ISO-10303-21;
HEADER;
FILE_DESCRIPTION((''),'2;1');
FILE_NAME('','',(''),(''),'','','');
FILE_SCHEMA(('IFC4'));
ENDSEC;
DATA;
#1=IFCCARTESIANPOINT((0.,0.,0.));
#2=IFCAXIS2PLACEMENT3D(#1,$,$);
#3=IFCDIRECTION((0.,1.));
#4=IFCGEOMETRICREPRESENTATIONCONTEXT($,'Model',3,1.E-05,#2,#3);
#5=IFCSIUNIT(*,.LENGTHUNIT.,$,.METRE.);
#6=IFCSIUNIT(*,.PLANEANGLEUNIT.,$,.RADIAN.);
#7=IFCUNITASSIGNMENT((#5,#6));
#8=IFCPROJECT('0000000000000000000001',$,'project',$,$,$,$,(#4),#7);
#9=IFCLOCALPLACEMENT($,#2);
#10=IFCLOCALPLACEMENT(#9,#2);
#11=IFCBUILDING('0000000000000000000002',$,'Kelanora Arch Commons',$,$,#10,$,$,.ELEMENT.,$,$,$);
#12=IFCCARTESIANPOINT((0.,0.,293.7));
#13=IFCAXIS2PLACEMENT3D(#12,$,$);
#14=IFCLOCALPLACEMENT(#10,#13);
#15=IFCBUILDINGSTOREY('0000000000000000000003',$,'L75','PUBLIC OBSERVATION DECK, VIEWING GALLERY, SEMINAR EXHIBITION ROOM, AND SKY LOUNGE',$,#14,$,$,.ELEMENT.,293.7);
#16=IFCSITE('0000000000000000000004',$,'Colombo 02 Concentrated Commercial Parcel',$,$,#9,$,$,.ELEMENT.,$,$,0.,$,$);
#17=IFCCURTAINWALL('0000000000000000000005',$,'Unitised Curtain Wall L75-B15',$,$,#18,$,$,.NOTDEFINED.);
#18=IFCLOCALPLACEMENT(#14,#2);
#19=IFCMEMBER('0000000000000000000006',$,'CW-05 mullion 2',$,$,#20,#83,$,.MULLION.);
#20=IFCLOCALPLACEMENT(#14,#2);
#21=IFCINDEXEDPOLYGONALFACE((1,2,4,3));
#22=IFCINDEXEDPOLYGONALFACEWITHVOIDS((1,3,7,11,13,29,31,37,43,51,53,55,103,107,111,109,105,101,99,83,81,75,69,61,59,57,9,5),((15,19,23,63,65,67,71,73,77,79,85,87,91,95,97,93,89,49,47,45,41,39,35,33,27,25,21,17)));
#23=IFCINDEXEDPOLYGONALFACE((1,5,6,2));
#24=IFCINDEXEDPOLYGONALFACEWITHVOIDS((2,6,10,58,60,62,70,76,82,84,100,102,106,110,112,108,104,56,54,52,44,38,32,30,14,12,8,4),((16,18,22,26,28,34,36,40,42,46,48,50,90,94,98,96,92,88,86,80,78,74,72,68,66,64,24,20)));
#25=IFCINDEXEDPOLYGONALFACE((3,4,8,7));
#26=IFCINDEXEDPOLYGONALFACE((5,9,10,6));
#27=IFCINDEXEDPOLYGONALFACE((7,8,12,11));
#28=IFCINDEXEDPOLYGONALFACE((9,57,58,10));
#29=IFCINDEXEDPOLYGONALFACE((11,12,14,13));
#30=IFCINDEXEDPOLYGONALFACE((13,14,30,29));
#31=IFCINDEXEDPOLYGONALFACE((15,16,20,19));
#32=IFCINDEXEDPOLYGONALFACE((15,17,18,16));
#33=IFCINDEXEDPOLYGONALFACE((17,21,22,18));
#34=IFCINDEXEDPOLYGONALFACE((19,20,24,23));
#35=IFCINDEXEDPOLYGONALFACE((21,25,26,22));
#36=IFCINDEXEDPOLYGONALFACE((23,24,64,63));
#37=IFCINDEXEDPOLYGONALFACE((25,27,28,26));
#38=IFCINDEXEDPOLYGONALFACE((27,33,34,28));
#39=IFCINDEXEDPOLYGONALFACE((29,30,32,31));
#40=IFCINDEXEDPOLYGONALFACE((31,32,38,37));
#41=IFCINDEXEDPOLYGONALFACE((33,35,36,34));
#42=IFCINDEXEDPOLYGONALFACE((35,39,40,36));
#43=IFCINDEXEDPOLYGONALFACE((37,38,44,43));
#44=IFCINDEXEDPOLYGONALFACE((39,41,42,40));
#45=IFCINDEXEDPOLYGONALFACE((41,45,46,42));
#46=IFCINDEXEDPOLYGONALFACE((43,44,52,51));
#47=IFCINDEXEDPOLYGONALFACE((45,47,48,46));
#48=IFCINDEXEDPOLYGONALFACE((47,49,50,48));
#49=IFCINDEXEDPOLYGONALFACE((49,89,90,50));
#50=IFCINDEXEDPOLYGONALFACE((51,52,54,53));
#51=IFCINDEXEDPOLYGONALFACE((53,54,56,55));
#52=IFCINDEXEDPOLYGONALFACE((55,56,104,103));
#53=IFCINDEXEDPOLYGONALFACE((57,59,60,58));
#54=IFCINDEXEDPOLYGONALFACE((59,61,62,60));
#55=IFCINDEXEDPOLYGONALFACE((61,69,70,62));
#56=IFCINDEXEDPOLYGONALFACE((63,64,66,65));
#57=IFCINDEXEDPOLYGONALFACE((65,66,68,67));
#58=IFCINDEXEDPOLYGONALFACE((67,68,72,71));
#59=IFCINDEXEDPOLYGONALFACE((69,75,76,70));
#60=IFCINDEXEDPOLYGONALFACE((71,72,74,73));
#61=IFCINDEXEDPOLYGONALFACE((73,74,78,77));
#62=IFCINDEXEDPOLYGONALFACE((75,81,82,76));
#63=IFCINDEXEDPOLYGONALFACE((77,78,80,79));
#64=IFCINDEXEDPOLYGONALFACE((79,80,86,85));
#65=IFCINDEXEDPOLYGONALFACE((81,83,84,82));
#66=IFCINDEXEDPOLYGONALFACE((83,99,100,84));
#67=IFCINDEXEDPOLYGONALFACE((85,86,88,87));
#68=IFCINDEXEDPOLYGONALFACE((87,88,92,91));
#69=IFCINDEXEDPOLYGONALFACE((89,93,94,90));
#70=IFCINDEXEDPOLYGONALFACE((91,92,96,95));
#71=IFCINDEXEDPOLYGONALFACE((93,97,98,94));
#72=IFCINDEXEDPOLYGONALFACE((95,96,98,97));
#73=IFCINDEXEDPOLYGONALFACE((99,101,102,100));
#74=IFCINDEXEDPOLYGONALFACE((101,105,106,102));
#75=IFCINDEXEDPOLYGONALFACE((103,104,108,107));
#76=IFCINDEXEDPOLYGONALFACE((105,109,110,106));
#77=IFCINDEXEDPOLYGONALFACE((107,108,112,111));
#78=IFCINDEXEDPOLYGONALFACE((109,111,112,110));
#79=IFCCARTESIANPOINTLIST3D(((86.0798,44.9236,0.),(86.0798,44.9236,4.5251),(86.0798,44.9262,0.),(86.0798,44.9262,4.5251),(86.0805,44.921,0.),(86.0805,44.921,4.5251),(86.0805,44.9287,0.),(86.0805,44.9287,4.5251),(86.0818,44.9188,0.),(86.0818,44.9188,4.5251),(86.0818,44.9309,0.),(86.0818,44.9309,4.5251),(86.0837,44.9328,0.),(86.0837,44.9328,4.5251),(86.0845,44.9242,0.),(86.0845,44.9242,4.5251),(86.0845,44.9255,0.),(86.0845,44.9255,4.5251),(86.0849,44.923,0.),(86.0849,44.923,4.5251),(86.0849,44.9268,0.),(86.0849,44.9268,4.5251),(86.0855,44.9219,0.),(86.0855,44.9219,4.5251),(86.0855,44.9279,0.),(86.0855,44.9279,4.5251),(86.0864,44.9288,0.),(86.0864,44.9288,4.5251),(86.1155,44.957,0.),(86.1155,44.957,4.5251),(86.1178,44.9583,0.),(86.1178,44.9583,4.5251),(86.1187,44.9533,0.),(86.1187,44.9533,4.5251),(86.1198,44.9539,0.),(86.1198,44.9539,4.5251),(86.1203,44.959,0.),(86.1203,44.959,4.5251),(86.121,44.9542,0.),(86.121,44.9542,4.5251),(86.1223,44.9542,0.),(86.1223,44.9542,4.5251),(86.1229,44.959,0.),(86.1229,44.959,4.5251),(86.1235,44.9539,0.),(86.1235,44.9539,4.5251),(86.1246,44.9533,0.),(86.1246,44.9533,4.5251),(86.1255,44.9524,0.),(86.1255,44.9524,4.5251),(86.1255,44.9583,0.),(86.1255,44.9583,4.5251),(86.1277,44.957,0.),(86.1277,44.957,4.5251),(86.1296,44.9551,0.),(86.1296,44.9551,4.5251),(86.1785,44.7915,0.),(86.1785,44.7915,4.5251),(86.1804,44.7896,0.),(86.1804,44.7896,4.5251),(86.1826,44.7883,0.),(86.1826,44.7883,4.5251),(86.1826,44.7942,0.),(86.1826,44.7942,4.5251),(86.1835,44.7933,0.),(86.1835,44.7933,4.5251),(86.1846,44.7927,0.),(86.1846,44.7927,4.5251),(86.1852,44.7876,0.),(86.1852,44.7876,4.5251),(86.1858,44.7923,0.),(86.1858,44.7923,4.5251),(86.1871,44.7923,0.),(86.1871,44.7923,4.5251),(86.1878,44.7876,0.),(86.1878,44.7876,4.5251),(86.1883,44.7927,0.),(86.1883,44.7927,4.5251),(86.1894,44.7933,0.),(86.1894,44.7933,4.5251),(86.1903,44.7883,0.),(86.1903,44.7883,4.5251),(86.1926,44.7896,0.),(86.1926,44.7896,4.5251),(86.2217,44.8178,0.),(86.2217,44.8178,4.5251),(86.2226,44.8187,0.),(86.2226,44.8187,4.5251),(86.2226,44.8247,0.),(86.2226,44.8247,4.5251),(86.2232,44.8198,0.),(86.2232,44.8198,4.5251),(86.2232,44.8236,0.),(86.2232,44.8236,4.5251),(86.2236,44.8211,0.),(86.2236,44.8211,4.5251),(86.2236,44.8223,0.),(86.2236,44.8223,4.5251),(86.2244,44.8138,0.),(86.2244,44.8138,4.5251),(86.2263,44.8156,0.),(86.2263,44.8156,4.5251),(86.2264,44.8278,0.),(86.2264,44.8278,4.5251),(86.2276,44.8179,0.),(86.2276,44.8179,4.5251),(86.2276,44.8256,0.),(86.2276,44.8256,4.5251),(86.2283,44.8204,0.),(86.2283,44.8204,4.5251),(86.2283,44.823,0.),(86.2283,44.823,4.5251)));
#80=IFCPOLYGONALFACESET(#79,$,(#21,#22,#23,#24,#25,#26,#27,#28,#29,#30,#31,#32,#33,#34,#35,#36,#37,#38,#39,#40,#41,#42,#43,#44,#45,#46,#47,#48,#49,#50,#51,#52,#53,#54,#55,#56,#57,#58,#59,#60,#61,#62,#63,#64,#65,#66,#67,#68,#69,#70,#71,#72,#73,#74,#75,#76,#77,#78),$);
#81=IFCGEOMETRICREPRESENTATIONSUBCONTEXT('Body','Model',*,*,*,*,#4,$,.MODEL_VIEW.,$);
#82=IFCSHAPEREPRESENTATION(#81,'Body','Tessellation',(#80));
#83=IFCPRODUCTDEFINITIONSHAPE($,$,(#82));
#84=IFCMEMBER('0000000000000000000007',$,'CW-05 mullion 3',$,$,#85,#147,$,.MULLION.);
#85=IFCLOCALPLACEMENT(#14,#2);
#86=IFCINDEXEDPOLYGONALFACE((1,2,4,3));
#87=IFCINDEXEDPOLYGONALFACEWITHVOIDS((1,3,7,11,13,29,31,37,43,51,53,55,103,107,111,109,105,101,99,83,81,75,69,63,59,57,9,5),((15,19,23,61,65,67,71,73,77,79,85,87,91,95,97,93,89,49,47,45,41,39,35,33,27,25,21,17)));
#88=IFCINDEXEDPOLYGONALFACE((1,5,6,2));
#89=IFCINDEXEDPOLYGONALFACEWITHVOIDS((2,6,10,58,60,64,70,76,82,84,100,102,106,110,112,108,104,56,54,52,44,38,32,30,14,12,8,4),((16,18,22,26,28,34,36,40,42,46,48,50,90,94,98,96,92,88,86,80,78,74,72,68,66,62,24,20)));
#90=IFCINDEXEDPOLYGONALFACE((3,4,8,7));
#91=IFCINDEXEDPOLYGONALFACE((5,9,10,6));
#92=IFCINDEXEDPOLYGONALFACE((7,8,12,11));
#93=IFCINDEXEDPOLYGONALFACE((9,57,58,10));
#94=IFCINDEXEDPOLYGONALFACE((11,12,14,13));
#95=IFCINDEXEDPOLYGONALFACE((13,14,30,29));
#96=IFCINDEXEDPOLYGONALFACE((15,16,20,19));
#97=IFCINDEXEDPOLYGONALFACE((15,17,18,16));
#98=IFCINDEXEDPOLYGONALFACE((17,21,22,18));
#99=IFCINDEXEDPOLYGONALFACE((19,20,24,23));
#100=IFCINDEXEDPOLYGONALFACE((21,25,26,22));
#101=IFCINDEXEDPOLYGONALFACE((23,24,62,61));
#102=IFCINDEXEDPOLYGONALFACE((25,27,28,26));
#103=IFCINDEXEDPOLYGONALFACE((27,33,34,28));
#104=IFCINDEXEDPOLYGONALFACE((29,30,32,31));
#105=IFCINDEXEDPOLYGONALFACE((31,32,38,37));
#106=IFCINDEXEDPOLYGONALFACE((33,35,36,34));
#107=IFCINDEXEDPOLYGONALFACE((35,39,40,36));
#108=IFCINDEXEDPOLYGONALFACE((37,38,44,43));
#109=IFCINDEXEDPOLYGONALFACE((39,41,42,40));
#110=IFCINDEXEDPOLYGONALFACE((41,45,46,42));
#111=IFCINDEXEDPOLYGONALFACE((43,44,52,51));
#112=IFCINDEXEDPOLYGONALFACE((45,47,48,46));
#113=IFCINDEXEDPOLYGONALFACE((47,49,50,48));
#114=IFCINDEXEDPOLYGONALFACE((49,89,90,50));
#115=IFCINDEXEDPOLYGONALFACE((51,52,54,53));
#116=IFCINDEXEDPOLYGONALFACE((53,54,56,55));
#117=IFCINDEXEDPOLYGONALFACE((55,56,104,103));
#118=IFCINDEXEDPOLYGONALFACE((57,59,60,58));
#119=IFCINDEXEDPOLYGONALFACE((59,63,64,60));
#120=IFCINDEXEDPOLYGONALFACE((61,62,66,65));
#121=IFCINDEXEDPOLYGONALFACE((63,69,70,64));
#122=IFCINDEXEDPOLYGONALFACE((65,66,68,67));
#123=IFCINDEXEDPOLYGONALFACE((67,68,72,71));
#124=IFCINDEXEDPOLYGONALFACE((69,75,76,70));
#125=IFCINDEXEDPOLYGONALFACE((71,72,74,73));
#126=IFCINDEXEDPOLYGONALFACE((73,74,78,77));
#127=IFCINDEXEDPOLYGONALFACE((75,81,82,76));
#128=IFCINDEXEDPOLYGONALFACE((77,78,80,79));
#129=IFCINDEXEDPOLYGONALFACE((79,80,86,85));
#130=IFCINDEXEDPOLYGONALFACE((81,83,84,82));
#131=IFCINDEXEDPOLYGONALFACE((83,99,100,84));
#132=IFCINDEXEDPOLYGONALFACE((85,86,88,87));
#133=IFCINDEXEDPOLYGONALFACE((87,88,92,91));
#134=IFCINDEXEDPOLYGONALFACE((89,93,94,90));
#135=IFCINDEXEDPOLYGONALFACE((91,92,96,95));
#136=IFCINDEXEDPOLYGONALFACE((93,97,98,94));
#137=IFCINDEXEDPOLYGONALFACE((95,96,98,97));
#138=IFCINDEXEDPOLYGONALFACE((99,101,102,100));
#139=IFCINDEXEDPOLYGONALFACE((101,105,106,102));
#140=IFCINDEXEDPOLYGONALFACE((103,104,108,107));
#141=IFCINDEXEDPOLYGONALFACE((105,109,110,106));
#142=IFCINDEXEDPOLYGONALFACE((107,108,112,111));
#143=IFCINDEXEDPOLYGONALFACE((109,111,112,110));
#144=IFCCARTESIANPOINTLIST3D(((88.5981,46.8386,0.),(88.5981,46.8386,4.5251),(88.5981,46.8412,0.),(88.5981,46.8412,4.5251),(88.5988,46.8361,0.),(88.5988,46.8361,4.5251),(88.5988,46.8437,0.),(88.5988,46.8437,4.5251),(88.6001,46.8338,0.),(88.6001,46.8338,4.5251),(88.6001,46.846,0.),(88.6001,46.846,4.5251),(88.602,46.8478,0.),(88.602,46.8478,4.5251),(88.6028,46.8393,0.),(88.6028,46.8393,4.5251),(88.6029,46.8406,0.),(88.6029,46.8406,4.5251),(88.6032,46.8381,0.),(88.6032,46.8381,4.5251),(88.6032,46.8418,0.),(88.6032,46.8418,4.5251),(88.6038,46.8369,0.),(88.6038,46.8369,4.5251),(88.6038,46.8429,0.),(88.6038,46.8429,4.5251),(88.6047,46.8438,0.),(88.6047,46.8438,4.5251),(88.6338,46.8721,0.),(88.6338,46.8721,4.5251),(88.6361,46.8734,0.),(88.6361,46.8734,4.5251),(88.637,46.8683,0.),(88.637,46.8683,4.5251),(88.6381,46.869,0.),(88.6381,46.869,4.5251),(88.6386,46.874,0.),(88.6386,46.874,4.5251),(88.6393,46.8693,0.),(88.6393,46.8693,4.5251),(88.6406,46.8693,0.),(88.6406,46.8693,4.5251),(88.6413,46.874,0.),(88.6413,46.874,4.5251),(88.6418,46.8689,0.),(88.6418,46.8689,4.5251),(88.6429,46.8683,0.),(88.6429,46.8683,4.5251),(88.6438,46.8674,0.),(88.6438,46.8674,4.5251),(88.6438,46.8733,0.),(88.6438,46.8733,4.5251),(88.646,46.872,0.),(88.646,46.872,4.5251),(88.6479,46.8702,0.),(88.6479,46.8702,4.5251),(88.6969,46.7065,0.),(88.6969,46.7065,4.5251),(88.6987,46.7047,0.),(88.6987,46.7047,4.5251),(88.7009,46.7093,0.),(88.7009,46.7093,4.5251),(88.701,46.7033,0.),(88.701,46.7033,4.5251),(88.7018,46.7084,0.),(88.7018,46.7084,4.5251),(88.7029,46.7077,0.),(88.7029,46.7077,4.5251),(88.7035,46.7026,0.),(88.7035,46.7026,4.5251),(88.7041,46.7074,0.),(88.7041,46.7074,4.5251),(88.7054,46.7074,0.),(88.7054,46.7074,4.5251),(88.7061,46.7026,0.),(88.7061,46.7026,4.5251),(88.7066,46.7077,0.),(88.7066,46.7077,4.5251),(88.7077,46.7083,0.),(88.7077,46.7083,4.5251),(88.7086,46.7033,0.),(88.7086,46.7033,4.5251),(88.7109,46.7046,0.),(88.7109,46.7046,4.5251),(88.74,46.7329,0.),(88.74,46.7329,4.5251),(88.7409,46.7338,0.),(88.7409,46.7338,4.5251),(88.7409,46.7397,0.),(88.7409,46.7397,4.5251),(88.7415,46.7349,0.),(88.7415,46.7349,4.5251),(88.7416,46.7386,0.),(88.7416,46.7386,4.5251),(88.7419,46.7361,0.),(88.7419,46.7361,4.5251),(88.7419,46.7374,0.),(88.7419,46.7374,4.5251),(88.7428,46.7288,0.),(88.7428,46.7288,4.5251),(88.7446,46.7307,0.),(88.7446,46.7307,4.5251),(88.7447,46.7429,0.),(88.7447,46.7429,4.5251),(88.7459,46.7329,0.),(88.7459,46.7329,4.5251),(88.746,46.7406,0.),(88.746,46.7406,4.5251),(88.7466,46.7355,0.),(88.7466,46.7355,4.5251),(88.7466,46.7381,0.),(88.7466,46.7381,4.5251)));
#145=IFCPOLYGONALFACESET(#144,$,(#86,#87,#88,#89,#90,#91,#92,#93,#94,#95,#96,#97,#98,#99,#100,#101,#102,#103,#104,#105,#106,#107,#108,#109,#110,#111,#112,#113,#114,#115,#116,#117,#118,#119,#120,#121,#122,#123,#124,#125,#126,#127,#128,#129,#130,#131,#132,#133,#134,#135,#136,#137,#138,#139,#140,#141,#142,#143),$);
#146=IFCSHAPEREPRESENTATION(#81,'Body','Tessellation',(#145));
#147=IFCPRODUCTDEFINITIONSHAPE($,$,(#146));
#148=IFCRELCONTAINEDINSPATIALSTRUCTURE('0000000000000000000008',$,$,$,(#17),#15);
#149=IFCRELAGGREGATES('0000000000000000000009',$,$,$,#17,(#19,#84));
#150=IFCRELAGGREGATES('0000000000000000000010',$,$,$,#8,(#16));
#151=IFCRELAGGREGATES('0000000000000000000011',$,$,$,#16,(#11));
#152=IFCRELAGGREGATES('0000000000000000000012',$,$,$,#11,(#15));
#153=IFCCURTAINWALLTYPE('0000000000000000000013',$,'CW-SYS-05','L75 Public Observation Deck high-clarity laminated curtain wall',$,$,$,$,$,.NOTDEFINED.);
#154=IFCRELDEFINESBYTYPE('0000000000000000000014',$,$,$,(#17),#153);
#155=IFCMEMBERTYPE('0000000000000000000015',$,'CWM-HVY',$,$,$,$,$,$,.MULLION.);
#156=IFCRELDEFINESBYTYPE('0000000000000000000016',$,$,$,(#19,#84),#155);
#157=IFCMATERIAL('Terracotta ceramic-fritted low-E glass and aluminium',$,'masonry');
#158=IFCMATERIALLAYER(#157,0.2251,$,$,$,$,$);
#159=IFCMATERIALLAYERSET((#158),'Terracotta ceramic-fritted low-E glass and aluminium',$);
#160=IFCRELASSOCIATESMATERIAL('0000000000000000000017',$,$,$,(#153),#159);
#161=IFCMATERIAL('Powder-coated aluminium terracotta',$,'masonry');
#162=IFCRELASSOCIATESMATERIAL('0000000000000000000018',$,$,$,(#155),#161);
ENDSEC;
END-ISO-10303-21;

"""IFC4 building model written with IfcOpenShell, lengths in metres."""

from ifc_helpers import new_model, si_unit, direction, frame, origin, origin_2d, place, context, subcontext, project, spatial, hollow_rectangle, extrude, material, layer, layer_set, material_profile, profile_set, type_object, element, aggregate, save


model = new_model("IFC4")

# Units and contexts
model_context = context("Model", 3, precision=1e-05, world=origin(), true_north=direction((0.0, 1.0)))
body_context = subcontext(model_context, "Body", "Model", "MODEL_VIEW")
ifc_project = project(units=[si_unit("LENGTHUNIT", "METRE"), si_unit("PLANEANGLEUNIT", "RADIAN")], contexts=[model_context])

# Site, building, storey
site_placement = place(None, origin())
site = spatial("IfcSite", under=ifc_project, at=site_placement, Name="Colombo 02 Concentrated Commercial Parcel", CompositionType="ELEMENT", RefElevation=0.0)
building_placement = place(site_placement, origin())
building = spatial("IfcBuilding", under=site, at=building_placement, Name="Kelanora Arch Commons", CompositionType="ELEMENT")
storey_placement = place(building_placement, frame((0.0, 0.0, 293.7)))
storey = spatial("IfcBuildingStorey", under=building, at=storey_placement, Name="L75", Description="PUBLIC OBSERVATION DECK, VIEWING GALLERY, SEMINAR EXHIBITION ROOM, AND SKY LOUNGE", CompositionType="ELEMENT", Elevation=293.7)

# Curtain wall, members
ifc_material_1 = material(Name="Terracotta ceramic-fritted low-E glass and aluminium", Category="masonry")
ifc_layer_1 = layer(ifc_material_1, 0.2251)
ifc_layer_set_1 = layer_set([ifc_layer_1], Name="Terracotta ceramic-fritted low-E glass and aluminium")
curtain_wall_type = type_object("IfcCurtainWallType", Name="CW-SYS-05", Description="L75 Public Observation Deck high-clarity laminated curtain wall", PredefinedType="NOTDEFINED", material=ifc_layer_set_1)
curtain_wall_1_placement = place(storey_placement, origin())
curtain_wall_1 = element("IfcCurtainWall", 1, at=curtain_wall_1_placement, inside=storey, type_object=curtain_wall_type, Name="Unitised Curtain Wall L75-B15", PredefinedType="NOTDEFINED")
ifc_material_2 = material(Name="Powder-coated aluminium terracotta", Category="masonry")
ifc_material_profile_1 = material_profile(ifc_material_2, hollow_rectangle(XDim=0.1799, YDim=0.0601, WallThickness=0.0049, InnerFilletRadius=0.0049, OuterFilletRadius=0.01, at=origin_2d()), Name="CWM180x60")
ifc_profile_set_1 = profile_set([ifc_material_profile_1], Name="Powder-coated aluminium terracotta")
member_type_1 = type_object("IfcMemberType", Name="CWM-HVY", PredefinedType="MULLION", material=ifc_profile_set_1)
member_1_placement = place(storey_placement, frame((86.1541, 44.8733, 0.0), z_axis=(0.0, 0.0, 1.0), x_axis=(-0.605285, 0.796009, 0.0)))
member_1 = element("IfcMember", 2, at=member_1_placement, type_object=member_type_1, Name="CW-05 mullion 2", PredefinedType="MULLION", context=body_context, shape_type="SweptSolid", body=[
    extrude(hollow_rectangle(XDim=0.1799, YDim=0.0601, WallThickness=0.0049, InnerFilletRadius=0.0049, OuterFilletRadius=0.01, at=origin_2d()), origin(), (0.0, 0.0, 1.0), 4.5251),
])
member_2_placement = place(storey_placement, frame((88.6724, 46.7883, 0.0), z_axis=(0.0, 0.0, 1.0), x_axis=(-0.605285, 0.796009, 0.0)))
member_2 = element("IfcMember", 3, at=member_2_placement, type_object=member_type_1, Name="CW-05 mullion 3", PredefinedType="MULLION", context=body_context, shape_type="SweptSolid", body=[
    extrude(hollow_rectangle(XDim=0.1799, YDim=0.0601, WallThickness=0.0049, InnerFilletRadius=0.0049, OuterFilletRadius=0.01, at=origin_2d()), origin(), (0.0, 0.0, 1.0), 4.5251),
])

aggregate(curtain_wall_1, [member_1, member_2])

save(model, "model.ifc")
